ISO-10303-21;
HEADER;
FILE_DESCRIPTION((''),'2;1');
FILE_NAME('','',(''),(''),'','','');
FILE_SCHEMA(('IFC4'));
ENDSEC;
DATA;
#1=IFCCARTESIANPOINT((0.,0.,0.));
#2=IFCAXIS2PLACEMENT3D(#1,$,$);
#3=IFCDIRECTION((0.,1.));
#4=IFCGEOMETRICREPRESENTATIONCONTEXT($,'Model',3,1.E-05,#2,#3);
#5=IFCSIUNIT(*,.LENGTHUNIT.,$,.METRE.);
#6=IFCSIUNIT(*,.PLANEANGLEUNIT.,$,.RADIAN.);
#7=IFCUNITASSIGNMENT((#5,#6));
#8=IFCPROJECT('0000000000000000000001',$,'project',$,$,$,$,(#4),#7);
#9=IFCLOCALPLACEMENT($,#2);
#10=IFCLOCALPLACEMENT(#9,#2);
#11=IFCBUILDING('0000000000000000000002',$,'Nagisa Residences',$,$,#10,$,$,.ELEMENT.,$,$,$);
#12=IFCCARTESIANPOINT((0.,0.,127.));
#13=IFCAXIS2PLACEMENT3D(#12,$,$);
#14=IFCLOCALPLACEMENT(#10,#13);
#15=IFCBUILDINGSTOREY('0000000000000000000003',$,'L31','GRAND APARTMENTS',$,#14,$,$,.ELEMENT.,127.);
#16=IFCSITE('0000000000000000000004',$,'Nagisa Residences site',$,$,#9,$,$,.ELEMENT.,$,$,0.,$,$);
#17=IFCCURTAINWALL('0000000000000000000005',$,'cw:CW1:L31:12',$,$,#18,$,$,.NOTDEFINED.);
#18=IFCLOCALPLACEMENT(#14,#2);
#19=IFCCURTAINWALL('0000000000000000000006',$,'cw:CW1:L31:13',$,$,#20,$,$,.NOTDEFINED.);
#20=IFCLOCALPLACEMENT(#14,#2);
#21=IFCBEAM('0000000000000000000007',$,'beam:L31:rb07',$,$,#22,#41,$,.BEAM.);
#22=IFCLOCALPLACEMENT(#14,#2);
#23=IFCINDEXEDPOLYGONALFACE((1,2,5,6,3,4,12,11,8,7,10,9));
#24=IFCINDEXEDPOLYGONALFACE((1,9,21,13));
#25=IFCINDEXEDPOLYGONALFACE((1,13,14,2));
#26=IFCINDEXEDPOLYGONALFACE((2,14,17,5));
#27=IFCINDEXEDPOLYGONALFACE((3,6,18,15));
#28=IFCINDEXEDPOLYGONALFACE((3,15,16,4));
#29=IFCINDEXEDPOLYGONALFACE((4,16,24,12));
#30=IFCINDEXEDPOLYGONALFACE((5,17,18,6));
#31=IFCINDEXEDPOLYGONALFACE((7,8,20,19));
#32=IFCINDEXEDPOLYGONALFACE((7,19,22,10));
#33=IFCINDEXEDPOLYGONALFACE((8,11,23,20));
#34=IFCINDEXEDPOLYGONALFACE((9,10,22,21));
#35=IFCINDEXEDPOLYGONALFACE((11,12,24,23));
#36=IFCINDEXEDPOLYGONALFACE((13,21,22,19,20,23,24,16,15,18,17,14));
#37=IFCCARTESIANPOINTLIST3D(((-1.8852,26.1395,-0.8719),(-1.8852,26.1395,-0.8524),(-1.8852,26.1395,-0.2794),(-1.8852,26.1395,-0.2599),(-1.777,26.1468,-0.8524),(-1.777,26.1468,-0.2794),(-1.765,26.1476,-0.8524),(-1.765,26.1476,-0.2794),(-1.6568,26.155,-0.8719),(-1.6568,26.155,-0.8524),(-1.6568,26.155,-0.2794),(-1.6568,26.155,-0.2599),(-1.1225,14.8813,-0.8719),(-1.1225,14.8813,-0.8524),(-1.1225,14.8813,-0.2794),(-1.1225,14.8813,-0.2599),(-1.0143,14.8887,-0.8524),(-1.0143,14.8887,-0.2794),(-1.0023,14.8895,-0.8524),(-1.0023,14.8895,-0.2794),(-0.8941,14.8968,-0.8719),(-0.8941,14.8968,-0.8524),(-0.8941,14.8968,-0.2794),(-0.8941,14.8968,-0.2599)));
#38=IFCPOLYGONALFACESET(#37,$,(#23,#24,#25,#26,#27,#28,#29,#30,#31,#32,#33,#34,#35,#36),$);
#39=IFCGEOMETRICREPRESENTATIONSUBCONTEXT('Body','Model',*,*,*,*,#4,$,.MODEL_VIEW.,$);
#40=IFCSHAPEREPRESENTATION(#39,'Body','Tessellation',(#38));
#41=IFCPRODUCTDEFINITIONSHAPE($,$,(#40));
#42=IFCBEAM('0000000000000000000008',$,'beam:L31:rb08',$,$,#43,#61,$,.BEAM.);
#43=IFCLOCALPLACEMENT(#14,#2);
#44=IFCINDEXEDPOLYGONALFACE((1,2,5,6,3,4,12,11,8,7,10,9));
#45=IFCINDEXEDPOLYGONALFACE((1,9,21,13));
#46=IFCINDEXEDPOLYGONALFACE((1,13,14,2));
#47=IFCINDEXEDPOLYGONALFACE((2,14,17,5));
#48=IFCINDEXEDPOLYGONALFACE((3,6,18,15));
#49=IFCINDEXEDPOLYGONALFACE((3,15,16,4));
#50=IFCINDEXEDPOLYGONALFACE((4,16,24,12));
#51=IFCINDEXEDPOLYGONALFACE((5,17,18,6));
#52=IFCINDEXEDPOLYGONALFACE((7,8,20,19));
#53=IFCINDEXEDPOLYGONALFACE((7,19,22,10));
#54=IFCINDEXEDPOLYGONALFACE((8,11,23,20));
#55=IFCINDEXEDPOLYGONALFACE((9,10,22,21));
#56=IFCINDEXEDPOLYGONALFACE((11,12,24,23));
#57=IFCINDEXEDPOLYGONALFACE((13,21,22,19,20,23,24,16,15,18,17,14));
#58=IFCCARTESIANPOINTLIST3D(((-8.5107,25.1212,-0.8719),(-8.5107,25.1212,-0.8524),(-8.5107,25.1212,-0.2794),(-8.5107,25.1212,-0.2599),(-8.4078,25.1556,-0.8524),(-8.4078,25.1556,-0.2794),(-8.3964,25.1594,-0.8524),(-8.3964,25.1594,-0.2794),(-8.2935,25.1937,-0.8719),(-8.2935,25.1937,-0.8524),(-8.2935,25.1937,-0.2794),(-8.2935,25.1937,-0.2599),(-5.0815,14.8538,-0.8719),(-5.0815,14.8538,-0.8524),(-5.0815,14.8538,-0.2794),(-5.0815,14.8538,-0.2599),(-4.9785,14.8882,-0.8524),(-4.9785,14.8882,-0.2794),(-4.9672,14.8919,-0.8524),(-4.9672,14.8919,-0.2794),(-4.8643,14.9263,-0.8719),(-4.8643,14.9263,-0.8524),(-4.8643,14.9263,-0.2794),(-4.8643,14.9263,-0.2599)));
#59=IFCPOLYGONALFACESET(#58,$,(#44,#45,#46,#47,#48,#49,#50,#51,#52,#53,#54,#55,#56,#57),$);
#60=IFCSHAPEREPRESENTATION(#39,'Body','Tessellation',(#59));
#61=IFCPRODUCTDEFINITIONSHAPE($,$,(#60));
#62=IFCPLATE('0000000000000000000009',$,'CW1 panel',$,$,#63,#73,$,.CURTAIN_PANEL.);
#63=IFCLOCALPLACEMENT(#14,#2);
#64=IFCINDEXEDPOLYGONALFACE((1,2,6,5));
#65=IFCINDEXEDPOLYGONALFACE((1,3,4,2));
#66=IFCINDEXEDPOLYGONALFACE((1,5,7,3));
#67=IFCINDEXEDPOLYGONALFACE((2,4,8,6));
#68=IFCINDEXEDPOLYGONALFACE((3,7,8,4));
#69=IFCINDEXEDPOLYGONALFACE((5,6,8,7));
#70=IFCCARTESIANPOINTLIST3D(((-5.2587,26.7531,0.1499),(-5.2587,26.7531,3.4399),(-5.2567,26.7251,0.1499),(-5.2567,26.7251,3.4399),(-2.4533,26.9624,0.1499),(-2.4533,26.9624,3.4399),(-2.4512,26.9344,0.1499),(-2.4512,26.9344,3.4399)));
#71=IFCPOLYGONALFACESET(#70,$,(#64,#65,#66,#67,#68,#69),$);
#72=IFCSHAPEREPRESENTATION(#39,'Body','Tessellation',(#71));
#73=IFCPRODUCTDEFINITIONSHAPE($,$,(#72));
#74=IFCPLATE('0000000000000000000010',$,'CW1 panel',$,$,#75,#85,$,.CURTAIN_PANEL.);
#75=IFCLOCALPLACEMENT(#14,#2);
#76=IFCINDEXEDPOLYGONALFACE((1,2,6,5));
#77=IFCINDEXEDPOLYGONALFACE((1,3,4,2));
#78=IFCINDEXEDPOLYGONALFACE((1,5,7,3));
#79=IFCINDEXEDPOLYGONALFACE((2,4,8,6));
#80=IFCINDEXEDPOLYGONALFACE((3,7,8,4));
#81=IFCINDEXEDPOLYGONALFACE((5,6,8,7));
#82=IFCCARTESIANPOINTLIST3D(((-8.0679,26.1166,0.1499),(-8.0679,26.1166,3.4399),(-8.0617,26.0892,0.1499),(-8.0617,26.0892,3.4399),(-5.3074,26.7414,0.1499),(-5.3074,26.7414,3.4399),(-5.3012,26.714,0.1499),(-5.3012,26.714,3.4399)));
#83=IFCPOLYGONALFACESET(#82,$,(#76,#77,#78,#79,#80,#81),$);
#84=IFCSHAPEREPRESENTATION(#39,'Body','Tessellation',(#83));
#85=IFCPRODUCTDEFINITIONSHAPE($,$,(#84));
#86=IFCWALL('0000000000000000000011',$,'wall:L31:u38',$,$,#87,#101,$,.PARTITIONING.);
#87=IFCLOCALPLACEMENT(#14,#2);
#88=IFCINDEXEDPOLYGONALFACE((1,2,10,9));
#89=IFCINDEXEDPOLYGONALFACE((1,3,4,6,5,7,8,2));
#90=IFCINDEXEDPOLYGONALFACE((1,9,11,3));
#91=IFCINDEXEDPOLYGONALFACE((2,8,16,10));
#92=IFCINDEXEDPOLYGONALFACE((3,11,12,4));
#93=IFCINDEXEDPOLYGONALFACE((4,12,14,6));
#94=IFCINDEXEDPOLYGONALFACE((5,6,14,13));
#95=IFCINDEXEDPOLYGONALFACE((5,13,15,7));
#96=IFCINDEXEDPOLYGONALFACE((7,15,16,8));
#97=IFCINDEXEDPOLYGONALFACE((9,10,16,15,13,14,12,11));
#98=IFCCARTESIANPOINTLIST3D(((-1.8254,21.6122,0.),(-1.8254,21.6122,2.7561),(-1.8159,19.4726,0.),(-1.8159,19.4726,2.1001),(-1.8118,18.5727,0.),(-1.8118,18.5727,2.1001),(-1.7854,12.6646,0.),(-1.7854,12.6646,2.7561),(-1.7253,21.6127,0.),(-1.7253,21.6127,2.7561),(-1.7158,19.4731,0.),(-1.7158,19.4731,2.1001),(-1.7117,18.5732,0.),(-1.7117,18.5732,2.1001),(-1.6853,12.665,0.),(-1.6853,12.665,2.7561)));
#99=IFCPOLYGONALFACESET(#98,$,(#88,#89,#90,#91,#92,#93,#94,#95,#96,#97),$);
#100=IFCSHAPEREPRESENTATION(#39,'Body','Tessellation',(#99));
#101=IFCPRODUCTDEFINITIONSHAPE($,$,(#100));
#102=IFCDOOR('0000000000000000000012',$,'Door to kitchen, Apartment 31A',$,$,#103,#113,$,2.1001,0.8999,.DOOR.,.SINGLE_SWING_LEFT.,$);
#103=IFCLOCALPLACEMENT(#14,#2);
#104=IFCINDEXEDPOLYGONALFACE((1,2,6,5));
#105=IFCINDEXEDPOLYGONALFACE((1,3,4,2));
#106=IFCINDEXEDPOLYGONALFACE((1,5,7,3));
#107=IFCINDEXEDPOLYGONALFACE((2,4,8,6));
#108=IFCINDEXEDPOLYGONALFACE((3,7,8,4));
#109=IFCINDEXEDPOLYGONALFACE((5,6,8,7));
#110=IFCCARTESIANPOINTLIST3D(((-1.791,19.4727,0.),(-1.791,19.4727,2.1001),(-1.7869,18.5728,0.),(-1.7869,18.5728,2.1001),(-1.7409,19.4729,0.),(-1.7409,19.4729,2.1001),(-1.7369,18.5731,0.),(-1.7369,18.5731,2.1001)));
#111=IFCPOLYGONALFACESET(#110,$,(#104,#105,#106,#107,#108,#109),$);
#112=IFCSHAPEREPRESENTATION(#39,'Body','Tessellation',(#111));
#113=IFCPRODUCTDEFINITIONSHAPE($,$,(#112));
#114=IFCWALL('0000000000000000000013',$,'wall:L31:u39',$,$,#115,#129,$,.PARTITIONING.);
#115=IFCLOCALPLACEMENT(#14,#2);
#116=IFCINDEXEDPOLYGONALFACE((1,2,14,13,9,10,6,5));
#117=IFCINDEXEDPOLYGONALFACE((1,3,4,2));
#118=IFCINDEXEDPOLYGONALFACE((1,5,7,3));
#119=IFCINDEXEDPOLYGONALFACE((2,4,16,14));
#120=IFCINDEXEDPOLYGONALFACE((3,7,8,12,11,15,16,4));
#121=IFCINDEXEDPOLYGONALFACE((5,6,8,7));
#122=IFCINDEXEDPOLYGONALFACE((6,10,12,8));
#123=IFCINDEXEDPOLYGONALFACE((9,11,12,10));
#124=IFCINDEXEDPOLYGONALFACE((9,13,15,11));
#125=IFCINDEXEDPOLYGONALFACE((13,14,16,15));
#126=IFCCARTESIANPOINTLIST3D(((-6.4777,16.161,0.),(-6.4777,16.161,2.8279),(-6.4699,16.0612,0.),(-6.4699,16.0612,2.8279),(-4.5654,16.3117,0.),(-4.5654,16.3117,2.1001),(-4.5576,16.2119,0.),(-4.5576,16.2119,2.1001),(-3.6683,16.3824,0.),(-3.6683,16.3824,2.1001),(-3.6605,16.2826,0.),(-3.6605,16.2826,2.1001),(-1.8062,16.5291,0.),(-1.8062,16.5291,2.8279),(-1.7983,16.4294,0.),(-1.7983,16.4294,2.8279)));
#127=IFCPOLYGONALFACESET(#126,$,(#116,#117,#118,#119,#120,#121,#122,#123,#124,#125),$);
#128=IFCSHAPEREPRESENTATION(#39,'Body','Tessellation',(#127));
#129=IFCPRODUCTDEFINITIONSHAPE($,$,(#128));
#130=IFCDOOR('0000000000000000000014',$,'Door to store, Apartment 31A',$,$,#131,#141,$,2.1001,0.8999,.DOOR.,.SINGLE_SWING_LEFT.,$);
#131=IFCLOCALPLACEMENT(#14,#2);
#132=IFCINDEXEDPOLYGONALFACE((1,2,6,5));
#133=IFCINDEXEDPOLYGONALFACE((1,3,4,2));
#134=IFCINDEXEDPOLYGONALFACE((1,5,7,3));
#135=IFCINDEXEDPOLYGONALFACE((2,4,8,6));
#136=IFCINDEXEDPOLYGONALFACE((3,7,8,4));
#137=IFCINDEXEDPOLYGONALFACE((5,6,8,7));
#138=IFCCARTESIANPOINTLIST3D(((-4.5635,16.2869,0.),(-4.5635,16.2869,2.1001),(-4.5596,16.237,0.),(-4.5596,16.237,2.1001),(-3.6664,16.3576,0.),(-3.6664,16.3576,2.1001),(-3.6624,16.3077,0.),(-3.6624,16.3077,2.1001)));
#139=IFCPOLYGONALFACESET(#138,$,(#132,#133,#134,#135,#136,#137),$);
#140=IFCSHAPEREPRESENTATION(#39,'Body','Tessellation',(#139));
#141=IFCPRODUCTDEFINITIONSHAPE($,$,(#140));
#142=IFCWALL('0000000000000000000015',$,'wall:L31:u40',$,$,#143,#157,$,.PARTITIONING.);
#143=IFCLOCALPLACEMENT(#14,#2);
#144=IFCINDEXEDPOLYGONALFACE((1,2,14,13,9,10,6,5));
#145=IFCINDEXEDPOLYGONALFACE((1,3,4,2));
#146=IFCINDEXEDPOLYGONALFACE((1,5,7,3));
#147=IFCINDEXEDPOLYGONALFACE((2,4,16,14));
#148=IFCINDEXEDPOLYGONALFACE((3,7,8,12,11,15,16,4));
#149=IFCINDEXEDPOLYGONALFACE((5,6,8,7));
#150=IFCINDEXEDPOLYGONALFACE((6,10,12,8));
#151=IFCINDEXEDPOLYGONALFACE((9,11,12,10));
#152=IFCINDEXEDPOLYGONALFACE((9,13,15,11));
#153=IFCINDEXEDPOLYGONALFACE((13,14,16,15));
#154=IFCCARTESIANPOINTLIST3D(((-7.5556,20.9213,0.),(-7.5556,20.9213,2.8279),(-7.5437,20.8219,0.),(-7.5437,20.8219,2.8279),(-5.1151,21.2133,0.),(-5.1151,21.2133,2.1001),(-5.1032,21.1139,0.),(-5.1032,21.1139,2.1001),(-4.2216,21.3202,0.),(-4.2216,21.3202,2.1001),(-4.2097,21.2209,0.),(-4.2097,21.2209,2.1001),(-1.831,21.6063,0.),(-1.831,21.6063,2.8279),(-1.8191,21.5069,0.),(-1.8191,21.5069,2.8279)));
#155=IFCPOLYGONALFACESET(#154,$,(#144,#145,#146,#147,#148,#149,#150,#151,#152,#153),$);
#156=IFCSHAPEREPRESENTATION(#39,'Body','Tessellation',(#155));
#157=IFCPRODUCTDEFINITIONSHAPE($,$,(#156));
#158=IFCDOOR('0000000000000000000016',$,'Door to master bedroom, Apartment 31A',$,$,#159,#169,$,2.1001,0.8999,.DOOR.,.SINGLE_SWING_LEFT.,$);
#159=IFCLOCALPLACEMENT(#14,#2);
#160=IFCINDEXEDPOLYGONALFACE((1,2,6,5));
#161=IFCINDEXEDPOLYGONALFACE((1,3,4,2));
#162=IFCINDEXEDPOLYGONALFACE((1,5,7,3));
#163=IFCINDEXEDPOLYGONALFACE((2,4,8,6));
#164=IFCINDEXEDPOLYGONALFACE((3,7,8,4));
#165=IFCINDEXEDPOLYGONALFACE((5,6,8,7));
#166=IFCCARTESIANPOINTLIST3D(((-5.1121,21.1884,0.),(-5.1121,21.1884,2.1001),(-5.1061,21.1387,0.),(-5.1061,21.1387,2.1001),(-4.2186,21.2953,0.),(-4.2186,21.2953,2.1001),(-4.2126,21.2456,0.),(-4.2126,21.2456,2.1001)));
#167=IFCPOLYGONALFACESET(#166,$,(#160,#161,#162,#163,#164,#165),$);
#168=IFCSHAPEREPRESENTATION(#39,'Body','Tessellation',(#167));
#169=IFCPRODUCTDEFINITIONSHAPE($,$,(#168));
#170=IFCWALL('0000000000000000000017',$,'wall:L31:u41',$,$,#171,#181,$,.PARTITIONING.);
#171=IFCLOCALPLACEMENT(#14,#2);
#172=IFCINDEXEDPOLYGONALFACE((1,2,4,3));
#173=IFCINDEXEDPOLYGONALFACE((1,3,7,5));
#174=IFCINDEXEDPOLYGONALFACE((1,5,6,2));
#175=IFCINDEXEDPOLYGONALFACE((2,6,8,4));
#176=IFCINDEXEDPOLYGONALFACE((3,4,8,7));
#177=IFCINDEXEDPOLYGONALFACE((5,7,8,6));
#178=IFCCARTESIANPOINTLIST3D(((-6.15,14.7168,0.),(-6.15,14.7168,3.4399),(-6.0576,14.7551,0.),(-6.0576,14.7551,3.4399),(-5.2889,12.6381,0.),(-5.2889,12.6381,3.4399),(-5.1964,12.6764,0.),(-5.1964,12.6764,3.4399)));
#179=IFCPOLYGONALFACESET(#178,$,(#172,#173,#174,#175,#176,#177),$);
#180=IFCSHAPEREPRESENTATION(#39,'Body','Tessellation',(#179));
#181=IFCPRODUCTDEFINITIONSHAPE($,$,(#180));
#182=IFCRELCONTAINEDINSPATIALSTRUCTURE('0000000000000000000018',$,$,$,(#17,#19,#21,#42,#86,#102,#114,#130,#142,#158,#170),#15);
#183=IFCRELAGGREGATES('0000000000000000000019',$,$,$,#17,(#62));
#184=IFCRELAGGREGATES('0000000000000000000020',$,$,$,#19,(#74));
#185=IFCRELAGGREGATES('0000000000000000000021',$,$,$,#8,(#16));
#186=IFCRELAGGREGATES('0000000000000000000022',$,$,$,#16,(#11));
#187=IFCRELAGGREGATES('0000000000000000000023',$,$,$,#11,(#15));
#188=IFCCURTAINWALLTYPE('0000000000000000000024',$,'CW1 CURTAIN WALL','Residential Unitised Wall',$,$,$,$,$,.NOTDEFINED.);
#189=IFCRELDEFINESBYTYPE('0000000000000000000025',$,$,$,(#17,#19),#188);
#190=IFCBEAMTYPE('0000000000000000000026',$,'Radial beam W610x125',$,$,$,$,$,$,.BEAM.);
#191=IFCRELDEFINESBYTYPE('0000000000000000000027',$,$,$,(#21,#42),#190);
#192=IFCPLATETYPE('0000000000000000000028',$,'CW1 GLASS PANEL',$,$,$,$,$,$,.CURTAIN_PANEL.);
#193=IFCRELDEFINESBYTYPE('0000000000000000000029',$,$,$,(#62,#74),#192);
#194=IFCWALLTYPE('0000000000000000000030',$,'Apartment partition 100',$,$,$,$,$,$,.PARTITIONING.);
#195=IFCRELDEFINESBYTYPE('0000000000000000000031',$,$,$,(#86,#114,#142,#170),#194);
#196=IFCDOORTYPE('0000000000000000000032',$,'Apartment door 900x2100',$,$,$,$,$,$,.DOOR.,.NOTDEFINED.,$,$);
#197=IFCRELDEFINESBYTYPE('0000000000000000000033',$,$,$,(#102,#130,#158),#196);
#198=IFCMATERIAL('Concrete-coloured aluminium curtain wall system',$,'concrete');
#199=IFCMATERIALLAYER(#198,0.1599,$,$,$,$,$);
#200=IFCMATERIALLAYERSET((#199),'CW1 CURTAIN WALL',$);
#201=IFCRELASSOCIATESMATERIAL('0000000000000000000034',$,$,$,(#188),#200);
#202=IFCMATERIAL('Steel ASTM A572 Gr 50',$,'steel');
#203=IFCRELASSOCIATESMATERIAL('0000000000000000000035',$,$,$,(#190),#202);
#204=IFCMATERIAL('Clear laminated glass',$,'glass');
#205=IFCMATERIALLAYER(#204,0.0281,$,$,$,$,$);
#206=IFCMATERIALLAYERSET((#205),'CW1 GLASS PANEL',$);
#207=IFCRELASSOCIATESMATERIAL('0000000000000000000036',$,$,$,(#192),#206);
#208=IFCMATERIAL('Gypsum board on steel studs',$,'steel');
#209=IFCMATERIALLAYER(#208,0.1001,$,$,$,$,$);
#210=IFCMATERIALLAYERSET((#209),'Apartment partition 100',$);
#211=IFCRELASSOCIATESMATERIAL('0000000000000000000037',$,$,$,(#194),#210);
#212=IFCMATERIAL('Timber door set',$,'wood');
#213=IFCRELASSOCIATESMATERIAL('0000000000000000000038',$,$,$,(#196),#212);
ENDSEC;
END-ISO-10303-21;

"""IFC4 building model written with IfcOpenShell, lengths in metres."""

from ifc_helpers import new_model, si_unit, direction, frame, frame_2d, origin, origin_2d, place, context, subcontext, project, spatial, rectangle, i_section, extrude, material, layer, layer_set, material_profile, profile_set, type_object, element, fill, aggregate, save


model = new_model("IFC4")

# Units and contexts
model_context = context("Model", 3, precision=1e-05, world=origin(), true_north=direction((0.0, 1.0)))
body_context = subcontext(model_context, "Body", "Model", "MODEL_VIEW")
ifc_project = project(units=[si_unit("LENGTHUNIT", "METRE"), si_unit("PLANEANGLEUNIT", "RADIAN")], contexts=[model_context])

# Site, building, storey
site_placement = place(None, origin())
site = spatial("IfcSite", under=ifc_project, at=site_placement, Name="Nagisa Residences site", CompositionType="ELEMENT", RefElevation=0.0)
building_placement = place(site_placement, origin())
building = spatial("IfcBuilding", under=site, at=building_placement, Name="Nagisa Residences", CompositionType="ELEMENT")
storey_placement = place(building_placement, frame((0.0, 0.0, 127.0)))
storey = spatial("IfcBuildingStorey", under=building, at=storey_placement, Name="L31", Description="GRAND APARTMENTS", CompositionType="ELEMENT", Elevation=127.0)

# Curtain walls
ifc_material_1 = material(Name="Concrete-coloured aluminium curtain wall system", Category="concrete")
ifc_layer_1 = layer(ifc_material_1, 0.1599)
ifc_layer_set_1 = layer_set([ifc_layer_1], Name="CW1 CURTAIN WALL")
curtain_wall_type = type_object("IfcCurtainWallType", Name="CW1 CURTAIN WALL", Description="Residential Unitised Wall", PredefinedType="NOTDEFINED", material=ifc_layer_set_1)
curtain_wall_1_placement = place(storey_placement, origin())
curtain_wall_1 = element("IfcCurtainWall", 1, at=curtain_wall_1_placement, inside=storey, type_object=curtain_wall_type, Name="cw:CW1:L31:12", PredefinedType="NOTDEFINED")
curtain_wall_2_placement = place(storey_placement, origin())
curtain_wall_2 = element("IfcCurtainWall", 2, at=curtain_wall_2_placement, inside=storey, type_object=curtain_wall_type, Name="cw:CW1:L31:13", PredefinedType="NOTDEFINED")

# Beams
ifc_material_2 = material(Name="Steel ASTM A572 Gr 50", Category="steel")
ifc_material_profile_1 = material_profile(ifc_material_2, i_section(OverallWidth=0.229, OverallDepth=0.6121, WebThickness=0.012, FlangeThickness=0.0195, at=origin_2d()), Name="W610x125")
ifc_profile_set_1 = profile_set([ifc_material_profile_1], Name="Steel ASTM A572 Gr 50")
beam_type_1 = type_object("IfcBeamType", Name="Radial beam W610x125", PredefinedType="BEAM", material=ifc_profile_set_1)
beam_1_placement = place(storey_placement, frame((-1.771, 26.1472, -0.5659), z_axis=(0.067592, -0.997713, 0.0), x_axis=(0.997713, 0.067592, 0.0)))
element("IfcBeam", 3, at=beam_1_placement, inside=storey, type_object=beam_type_1, Name="beam:L31:rb07", PredefinedType="BEAM", context=body_context, shape_type="SweptSolid", body=[
    extrude(i_section(OverallWidth=0.229, OverallDepth=0.6121, WebThickness=0.012, FlangeThickness=0.0195, at=origin_2d()), origin(), (0.0, 0.0, 1.0), 11.2839),
])
beam_2_placement = place(storey_placement, frame((-8.4021, 25.1575, -0.5659), z_axis=(0.316789, -0.948496, 0.0), x_axis=(0.948496, 0.316789, 0.0)))
element("IfcBeam", 4, at=beam_2_placement, inside=storey, type_object=beam_type_1, Name="beam:L31:rb08", PredefinedType="BEAM", context=body_context, shape_type="SweptSolid", body=[
    extrude(i_section(OverallWidth=0.229, OverallDepth=0.6121, WebThickness=0.012, FlangeThickness=0.0195, at=origin_2d()), origin(), (0.0, 0.0, 1.0), 10.825),
])

# Plates
ifc_material_3 = material(Name="Clear laminated glass", Category="glass")
ifc_layer_2 = layer(ifc_material_3, 0.0281)
ifc_layer_set_2 = layer_set([ifc_layer_2], Name="CW1 GLASS PANEL")
plate_type = type_object("IfcPlateType", Name="CW1 GLASS PANEL", PredefinedType="CURTAIN_PANEL", material=ifc_layer_set_2)
plate_1_placement = place(storey_placement, frame((-3.855, 26.8438, 0.1499), z_axis=(0.0, 0.0, 1.0), x_axis=(-0.99723, -0.074377, 0.0)))
plate_1 = element("IfcPlate", 5, at=plate_1_placement, type_object=plate_type, Name="CW1 panel", PredefinedType="CURTAIN_PANEL", context=body_context, shape_type="SweptSolid", body=[
    extrude(rectangle(XDim=2.8132, YDim=0.0281, at=origin_2d()), origin(), (0.0, 0.0, 1.0), 3.29),
])
aggregate(curtain_wall_1, [plate_1])
plate_2_placement = place(storey_placement, frame((-6.6846, 26.4153, 0.1499), z_axis=(0.0, 0.0, 1.0), x_axis=(-0.975327, -0.220764, 0.0)))
plate_2 = element("IfcPlate", 6, at=plate_2_placement, type_object=plate_type, Name="CW1 panel", PredefinedType="CURTAIN_PANEL", context=body_context, shape_type="SweptSolid", body=[
    extrude(rectangle(XDim=2.8303, YDim=0.0281, at=origin_2d()), origin(), (0.0, 0.0, 1.0), 3.29),
])
aggregate(curtain_wall_2, [plate_2])

# Walls, openings, doors
ifc_material_4 = material(Name="Gypsum board on steel studs", Category="steel")
ifc_layer_3 = layer(ifc_material_4, 0.1001)
ifc_layer_set_3 = layer_set([ifc_layer_3], Name="Apartment partition 100")
wall_type_1 = type_object("IfcWallType", Name="Apartment partition 100", PredefinedType="PARTITIONING", material=ifc_layer_set_3)
wall_1_placement = place(storey_placement, frame((-1.7354, 12.6648, 0.0), z_axis=(0.0, 0.0, 1.0), x_axis=(-0.004475, 0.99999, 0.0)))
wall_1 = element("IfcWall", 7, at=wall_1_placement, inside=storey, type_object=wall_type_1, Name="wall:L31:u38", PredefinedType="PARTITIONING", context=body_context, shape_type="SweptSolid", body=[
    extrude(rectangle(XDim=8.9478, YDim=0.1001, at=frame_2d((4.4739, 0.0))), origin(), (0.0, 0.0, 1.0), 2.7561),
])
opening_1_placement = place(wall_1_placement, frame((5.9082, 0.0, 0.0)))
opening_1 = element("IfcOpeningElement", 8, at=opening_1_placement, cuts=wall_1, PredefinedType="OPENING", context=body_context, shape_type="SweptSolid", body=[
    extrude(rectangle(XDim=0.8999, YDim=2.1001, at=frame_2d((0.45, 1.05))), frame((0.0, 0.0601, 0.0), z_axis=(0.0, -1.0, 0.0), x_axis=(1.0, 0.0, 0.0)), (0.0, 0.0, 1.0), 0.1201),
])
ifc_material_5 = material(Name="Timber door set", Category="wood")
door_type_1 = type_object("IfcDoorType", Name="Apartment door 900x2100", OperationType="NOTDEFINED", PredefinedType="DOOR", material=ifc_material_5)
door_1_placement = place(opening_1_placement, frame((0.8999, 0.0, 0.0), x_axis=(-1.0, 0.0, 0.0)))
door_1 = element("IfcDoor", 9, at=door_1_placement, inside=storey, type_object=door_type_1, Name="Door to kitchen, Apartment 31A", OperationType="SINGLE_SWING_LEFT", OverallHeight=2.1001, OverallWidth=0.8999, PredefinedType="DOOR", context=body_context, shape_type="SweptSolid", body=[
    extrude(rectangle(XDim=0.8999, YDim=2.1001, at=frame_2d((0.45, 1.05))), frame((0.0, 0.0249, 0.0), z_axis=(0.0, -1.0, 0.0), x_axis=(1.0, 0.0, 0.0)), (0.0, 0.0, 1.0), 0.05),
])
fill(opening_1, door_1)
wall_2_placement = place(storey_placement, frame((-1.8022, 16.4792, 0.0), z_axis=(0.0, 0.0, 1.0), x_axis=(-0.996909, -0.078565, 0.0)))
wall_2 = element("IfcWall", 10, at=wall_2_placement, inside=storey, type_object=wall_type_1, Name="wall:L31:u39", PredefinedType="PARTITIONING", context=body_context, shape_type="SweptSolid", body=[
    extrude(rectangle(XDim=4.686, YDim=0.1001, at=frame_2d((2.343, 0.0))), origin(), (0.0, 0.0, 1.0), 2.8279),
])
opening_2_placement = place(wall_2_placement, frame((1.8679, 0.0, 0.0)))
opening_2 = element("IfcOpeningElement", 11, at=opening_2_placement, cuts=wall_2, PredefinedType="OPENING", context=body_context, shape_type="SweptSolid", body=[
    extrude(rectangle(XDim=0.8999, YDim=2.1001, at=frame_2d((0.45, 1.05))), frame((0.0, 0.0601, 0.0), z_axis=(0.0, -1.0, 0.0), x_axis=(1.0, 0.0, 0.0)), (0.0, 0.0, 1.0), 0.1201),
])
door_2_placement = place(opening_2_placement, origin())
door_2 = element("IfcDoor", 12, at=door_2_placement, inside=storey, type_object=door_type_1, Name="Door to store, Apartment 31A", OperationType="SINGLE_SWING_LEFT", OverallHeight=2.1001, OverallWidth=0.8999, PredefinedType="DOOR", context=body_context, shape_type="SweptSolid", body=[
    extrude(rectangle(XDim=0.8999, YDim=2.1001, at=frame_2d((0.45, 1.05))), frame((0.0, 0.0249, 0.0), z_axis=(0.0, -1.0, 0.0), x_axis=(1.0, 0.0, 0.0)), (0.0, 0.0, 1.0), 0.05),
])
fill(opening_2, door_2)
wall_3_placement = place(storey_placement, frame((-1.825, 21.5566, 0.0), z_axis=(0.0, 0.0, 1.0), x_axis=(-0.992916, -0.118821, 0.0)))
wall_3 = element("IfcWall", 13, at=wall_3_placement, inside=storey, type_object=wall_type_1, Name="wall:L31:u40", PredefinedType="PARTITIONING", context=body_context, shape_type="SweptSolid", body=[
    extrude(rectangle(XDim=5.7654, YDim=0.1001, at=frame_2d((2.8828, 0.0))), origin(), (0.0, 0.0, 1.0), 2.8279),
])
opening_3_placement = place(wall_3_placement, frame((2.4077, 0.0, 0.0)))
opening_3 = element("IfcOpeningElement", 14, at=opening_3_placement, cuts=wall_3, PredefinedType="OPENING", context=body_context, shape_type="SweptSolid", body=[
    extrude(rectangle(XDim=0.8999, YDim=2.1001, at=frame_2d((0.45, 1.05))), frame((0.0, 0.0601, 0.0), z_axis=(0.0, -1.0, 0.0), x_axis=(1.0, 0.0, 0.0)), (0.0, 0.0, 1.0), 0.1201),
])
door_3_placement = place(opening_3_placement, frame((0.8999, 0.0, 0.0), x_axis=(-1.0, 0.0, 0.0)))
door_3 = element("IfcDoor", 15, at=door_3_placement, inside=storey, type_object=door_type_1, Name="Door to master bedroom, Apartment 31A", OperationType="SINGLE_SWING_LEFT", OverallHeight=2.1001, OverallWidth=0.8999, PredefinedType="DOOR", context=body_context, shape_type="SweptSolid", body=[
    extrude(rectangle(XDim=0.8999, YDim=2.1001, at=frame_2d((0.45, 1.05))), frame((0.0, 0.0249, 0.0), z_axis=(0.0, -1.0, 0.0), x_axis=(1.0, 0.0, 0.0)), (0.0, 0.0, 1.0), 0.05),
])
fill(opening_3, door_3)

# Wall
wall_4_placement = place(storey_placement, frame((-5.2427, 12.6572, 0.0), z_axis=(0.0, 0.0, 1.0), x_axis=(-0.382719, 0.923865, 0.0)))
element("IfcWall", 16, at=wall_4_placement, inside=storey, type_object=wall_type_1, Name="wall:L31:u41", PredefinedType="PARTITIONING", context=body_context, shape_type="SweptSolid", body=[
    extrude(rectangle(XDim=2.25, YDim=0.1001, at=frame_2d((1.125, 0.0))), origin(), (0.0, 0.0, 1.0), 3.4399),
])

save(model, "model.ifc")
